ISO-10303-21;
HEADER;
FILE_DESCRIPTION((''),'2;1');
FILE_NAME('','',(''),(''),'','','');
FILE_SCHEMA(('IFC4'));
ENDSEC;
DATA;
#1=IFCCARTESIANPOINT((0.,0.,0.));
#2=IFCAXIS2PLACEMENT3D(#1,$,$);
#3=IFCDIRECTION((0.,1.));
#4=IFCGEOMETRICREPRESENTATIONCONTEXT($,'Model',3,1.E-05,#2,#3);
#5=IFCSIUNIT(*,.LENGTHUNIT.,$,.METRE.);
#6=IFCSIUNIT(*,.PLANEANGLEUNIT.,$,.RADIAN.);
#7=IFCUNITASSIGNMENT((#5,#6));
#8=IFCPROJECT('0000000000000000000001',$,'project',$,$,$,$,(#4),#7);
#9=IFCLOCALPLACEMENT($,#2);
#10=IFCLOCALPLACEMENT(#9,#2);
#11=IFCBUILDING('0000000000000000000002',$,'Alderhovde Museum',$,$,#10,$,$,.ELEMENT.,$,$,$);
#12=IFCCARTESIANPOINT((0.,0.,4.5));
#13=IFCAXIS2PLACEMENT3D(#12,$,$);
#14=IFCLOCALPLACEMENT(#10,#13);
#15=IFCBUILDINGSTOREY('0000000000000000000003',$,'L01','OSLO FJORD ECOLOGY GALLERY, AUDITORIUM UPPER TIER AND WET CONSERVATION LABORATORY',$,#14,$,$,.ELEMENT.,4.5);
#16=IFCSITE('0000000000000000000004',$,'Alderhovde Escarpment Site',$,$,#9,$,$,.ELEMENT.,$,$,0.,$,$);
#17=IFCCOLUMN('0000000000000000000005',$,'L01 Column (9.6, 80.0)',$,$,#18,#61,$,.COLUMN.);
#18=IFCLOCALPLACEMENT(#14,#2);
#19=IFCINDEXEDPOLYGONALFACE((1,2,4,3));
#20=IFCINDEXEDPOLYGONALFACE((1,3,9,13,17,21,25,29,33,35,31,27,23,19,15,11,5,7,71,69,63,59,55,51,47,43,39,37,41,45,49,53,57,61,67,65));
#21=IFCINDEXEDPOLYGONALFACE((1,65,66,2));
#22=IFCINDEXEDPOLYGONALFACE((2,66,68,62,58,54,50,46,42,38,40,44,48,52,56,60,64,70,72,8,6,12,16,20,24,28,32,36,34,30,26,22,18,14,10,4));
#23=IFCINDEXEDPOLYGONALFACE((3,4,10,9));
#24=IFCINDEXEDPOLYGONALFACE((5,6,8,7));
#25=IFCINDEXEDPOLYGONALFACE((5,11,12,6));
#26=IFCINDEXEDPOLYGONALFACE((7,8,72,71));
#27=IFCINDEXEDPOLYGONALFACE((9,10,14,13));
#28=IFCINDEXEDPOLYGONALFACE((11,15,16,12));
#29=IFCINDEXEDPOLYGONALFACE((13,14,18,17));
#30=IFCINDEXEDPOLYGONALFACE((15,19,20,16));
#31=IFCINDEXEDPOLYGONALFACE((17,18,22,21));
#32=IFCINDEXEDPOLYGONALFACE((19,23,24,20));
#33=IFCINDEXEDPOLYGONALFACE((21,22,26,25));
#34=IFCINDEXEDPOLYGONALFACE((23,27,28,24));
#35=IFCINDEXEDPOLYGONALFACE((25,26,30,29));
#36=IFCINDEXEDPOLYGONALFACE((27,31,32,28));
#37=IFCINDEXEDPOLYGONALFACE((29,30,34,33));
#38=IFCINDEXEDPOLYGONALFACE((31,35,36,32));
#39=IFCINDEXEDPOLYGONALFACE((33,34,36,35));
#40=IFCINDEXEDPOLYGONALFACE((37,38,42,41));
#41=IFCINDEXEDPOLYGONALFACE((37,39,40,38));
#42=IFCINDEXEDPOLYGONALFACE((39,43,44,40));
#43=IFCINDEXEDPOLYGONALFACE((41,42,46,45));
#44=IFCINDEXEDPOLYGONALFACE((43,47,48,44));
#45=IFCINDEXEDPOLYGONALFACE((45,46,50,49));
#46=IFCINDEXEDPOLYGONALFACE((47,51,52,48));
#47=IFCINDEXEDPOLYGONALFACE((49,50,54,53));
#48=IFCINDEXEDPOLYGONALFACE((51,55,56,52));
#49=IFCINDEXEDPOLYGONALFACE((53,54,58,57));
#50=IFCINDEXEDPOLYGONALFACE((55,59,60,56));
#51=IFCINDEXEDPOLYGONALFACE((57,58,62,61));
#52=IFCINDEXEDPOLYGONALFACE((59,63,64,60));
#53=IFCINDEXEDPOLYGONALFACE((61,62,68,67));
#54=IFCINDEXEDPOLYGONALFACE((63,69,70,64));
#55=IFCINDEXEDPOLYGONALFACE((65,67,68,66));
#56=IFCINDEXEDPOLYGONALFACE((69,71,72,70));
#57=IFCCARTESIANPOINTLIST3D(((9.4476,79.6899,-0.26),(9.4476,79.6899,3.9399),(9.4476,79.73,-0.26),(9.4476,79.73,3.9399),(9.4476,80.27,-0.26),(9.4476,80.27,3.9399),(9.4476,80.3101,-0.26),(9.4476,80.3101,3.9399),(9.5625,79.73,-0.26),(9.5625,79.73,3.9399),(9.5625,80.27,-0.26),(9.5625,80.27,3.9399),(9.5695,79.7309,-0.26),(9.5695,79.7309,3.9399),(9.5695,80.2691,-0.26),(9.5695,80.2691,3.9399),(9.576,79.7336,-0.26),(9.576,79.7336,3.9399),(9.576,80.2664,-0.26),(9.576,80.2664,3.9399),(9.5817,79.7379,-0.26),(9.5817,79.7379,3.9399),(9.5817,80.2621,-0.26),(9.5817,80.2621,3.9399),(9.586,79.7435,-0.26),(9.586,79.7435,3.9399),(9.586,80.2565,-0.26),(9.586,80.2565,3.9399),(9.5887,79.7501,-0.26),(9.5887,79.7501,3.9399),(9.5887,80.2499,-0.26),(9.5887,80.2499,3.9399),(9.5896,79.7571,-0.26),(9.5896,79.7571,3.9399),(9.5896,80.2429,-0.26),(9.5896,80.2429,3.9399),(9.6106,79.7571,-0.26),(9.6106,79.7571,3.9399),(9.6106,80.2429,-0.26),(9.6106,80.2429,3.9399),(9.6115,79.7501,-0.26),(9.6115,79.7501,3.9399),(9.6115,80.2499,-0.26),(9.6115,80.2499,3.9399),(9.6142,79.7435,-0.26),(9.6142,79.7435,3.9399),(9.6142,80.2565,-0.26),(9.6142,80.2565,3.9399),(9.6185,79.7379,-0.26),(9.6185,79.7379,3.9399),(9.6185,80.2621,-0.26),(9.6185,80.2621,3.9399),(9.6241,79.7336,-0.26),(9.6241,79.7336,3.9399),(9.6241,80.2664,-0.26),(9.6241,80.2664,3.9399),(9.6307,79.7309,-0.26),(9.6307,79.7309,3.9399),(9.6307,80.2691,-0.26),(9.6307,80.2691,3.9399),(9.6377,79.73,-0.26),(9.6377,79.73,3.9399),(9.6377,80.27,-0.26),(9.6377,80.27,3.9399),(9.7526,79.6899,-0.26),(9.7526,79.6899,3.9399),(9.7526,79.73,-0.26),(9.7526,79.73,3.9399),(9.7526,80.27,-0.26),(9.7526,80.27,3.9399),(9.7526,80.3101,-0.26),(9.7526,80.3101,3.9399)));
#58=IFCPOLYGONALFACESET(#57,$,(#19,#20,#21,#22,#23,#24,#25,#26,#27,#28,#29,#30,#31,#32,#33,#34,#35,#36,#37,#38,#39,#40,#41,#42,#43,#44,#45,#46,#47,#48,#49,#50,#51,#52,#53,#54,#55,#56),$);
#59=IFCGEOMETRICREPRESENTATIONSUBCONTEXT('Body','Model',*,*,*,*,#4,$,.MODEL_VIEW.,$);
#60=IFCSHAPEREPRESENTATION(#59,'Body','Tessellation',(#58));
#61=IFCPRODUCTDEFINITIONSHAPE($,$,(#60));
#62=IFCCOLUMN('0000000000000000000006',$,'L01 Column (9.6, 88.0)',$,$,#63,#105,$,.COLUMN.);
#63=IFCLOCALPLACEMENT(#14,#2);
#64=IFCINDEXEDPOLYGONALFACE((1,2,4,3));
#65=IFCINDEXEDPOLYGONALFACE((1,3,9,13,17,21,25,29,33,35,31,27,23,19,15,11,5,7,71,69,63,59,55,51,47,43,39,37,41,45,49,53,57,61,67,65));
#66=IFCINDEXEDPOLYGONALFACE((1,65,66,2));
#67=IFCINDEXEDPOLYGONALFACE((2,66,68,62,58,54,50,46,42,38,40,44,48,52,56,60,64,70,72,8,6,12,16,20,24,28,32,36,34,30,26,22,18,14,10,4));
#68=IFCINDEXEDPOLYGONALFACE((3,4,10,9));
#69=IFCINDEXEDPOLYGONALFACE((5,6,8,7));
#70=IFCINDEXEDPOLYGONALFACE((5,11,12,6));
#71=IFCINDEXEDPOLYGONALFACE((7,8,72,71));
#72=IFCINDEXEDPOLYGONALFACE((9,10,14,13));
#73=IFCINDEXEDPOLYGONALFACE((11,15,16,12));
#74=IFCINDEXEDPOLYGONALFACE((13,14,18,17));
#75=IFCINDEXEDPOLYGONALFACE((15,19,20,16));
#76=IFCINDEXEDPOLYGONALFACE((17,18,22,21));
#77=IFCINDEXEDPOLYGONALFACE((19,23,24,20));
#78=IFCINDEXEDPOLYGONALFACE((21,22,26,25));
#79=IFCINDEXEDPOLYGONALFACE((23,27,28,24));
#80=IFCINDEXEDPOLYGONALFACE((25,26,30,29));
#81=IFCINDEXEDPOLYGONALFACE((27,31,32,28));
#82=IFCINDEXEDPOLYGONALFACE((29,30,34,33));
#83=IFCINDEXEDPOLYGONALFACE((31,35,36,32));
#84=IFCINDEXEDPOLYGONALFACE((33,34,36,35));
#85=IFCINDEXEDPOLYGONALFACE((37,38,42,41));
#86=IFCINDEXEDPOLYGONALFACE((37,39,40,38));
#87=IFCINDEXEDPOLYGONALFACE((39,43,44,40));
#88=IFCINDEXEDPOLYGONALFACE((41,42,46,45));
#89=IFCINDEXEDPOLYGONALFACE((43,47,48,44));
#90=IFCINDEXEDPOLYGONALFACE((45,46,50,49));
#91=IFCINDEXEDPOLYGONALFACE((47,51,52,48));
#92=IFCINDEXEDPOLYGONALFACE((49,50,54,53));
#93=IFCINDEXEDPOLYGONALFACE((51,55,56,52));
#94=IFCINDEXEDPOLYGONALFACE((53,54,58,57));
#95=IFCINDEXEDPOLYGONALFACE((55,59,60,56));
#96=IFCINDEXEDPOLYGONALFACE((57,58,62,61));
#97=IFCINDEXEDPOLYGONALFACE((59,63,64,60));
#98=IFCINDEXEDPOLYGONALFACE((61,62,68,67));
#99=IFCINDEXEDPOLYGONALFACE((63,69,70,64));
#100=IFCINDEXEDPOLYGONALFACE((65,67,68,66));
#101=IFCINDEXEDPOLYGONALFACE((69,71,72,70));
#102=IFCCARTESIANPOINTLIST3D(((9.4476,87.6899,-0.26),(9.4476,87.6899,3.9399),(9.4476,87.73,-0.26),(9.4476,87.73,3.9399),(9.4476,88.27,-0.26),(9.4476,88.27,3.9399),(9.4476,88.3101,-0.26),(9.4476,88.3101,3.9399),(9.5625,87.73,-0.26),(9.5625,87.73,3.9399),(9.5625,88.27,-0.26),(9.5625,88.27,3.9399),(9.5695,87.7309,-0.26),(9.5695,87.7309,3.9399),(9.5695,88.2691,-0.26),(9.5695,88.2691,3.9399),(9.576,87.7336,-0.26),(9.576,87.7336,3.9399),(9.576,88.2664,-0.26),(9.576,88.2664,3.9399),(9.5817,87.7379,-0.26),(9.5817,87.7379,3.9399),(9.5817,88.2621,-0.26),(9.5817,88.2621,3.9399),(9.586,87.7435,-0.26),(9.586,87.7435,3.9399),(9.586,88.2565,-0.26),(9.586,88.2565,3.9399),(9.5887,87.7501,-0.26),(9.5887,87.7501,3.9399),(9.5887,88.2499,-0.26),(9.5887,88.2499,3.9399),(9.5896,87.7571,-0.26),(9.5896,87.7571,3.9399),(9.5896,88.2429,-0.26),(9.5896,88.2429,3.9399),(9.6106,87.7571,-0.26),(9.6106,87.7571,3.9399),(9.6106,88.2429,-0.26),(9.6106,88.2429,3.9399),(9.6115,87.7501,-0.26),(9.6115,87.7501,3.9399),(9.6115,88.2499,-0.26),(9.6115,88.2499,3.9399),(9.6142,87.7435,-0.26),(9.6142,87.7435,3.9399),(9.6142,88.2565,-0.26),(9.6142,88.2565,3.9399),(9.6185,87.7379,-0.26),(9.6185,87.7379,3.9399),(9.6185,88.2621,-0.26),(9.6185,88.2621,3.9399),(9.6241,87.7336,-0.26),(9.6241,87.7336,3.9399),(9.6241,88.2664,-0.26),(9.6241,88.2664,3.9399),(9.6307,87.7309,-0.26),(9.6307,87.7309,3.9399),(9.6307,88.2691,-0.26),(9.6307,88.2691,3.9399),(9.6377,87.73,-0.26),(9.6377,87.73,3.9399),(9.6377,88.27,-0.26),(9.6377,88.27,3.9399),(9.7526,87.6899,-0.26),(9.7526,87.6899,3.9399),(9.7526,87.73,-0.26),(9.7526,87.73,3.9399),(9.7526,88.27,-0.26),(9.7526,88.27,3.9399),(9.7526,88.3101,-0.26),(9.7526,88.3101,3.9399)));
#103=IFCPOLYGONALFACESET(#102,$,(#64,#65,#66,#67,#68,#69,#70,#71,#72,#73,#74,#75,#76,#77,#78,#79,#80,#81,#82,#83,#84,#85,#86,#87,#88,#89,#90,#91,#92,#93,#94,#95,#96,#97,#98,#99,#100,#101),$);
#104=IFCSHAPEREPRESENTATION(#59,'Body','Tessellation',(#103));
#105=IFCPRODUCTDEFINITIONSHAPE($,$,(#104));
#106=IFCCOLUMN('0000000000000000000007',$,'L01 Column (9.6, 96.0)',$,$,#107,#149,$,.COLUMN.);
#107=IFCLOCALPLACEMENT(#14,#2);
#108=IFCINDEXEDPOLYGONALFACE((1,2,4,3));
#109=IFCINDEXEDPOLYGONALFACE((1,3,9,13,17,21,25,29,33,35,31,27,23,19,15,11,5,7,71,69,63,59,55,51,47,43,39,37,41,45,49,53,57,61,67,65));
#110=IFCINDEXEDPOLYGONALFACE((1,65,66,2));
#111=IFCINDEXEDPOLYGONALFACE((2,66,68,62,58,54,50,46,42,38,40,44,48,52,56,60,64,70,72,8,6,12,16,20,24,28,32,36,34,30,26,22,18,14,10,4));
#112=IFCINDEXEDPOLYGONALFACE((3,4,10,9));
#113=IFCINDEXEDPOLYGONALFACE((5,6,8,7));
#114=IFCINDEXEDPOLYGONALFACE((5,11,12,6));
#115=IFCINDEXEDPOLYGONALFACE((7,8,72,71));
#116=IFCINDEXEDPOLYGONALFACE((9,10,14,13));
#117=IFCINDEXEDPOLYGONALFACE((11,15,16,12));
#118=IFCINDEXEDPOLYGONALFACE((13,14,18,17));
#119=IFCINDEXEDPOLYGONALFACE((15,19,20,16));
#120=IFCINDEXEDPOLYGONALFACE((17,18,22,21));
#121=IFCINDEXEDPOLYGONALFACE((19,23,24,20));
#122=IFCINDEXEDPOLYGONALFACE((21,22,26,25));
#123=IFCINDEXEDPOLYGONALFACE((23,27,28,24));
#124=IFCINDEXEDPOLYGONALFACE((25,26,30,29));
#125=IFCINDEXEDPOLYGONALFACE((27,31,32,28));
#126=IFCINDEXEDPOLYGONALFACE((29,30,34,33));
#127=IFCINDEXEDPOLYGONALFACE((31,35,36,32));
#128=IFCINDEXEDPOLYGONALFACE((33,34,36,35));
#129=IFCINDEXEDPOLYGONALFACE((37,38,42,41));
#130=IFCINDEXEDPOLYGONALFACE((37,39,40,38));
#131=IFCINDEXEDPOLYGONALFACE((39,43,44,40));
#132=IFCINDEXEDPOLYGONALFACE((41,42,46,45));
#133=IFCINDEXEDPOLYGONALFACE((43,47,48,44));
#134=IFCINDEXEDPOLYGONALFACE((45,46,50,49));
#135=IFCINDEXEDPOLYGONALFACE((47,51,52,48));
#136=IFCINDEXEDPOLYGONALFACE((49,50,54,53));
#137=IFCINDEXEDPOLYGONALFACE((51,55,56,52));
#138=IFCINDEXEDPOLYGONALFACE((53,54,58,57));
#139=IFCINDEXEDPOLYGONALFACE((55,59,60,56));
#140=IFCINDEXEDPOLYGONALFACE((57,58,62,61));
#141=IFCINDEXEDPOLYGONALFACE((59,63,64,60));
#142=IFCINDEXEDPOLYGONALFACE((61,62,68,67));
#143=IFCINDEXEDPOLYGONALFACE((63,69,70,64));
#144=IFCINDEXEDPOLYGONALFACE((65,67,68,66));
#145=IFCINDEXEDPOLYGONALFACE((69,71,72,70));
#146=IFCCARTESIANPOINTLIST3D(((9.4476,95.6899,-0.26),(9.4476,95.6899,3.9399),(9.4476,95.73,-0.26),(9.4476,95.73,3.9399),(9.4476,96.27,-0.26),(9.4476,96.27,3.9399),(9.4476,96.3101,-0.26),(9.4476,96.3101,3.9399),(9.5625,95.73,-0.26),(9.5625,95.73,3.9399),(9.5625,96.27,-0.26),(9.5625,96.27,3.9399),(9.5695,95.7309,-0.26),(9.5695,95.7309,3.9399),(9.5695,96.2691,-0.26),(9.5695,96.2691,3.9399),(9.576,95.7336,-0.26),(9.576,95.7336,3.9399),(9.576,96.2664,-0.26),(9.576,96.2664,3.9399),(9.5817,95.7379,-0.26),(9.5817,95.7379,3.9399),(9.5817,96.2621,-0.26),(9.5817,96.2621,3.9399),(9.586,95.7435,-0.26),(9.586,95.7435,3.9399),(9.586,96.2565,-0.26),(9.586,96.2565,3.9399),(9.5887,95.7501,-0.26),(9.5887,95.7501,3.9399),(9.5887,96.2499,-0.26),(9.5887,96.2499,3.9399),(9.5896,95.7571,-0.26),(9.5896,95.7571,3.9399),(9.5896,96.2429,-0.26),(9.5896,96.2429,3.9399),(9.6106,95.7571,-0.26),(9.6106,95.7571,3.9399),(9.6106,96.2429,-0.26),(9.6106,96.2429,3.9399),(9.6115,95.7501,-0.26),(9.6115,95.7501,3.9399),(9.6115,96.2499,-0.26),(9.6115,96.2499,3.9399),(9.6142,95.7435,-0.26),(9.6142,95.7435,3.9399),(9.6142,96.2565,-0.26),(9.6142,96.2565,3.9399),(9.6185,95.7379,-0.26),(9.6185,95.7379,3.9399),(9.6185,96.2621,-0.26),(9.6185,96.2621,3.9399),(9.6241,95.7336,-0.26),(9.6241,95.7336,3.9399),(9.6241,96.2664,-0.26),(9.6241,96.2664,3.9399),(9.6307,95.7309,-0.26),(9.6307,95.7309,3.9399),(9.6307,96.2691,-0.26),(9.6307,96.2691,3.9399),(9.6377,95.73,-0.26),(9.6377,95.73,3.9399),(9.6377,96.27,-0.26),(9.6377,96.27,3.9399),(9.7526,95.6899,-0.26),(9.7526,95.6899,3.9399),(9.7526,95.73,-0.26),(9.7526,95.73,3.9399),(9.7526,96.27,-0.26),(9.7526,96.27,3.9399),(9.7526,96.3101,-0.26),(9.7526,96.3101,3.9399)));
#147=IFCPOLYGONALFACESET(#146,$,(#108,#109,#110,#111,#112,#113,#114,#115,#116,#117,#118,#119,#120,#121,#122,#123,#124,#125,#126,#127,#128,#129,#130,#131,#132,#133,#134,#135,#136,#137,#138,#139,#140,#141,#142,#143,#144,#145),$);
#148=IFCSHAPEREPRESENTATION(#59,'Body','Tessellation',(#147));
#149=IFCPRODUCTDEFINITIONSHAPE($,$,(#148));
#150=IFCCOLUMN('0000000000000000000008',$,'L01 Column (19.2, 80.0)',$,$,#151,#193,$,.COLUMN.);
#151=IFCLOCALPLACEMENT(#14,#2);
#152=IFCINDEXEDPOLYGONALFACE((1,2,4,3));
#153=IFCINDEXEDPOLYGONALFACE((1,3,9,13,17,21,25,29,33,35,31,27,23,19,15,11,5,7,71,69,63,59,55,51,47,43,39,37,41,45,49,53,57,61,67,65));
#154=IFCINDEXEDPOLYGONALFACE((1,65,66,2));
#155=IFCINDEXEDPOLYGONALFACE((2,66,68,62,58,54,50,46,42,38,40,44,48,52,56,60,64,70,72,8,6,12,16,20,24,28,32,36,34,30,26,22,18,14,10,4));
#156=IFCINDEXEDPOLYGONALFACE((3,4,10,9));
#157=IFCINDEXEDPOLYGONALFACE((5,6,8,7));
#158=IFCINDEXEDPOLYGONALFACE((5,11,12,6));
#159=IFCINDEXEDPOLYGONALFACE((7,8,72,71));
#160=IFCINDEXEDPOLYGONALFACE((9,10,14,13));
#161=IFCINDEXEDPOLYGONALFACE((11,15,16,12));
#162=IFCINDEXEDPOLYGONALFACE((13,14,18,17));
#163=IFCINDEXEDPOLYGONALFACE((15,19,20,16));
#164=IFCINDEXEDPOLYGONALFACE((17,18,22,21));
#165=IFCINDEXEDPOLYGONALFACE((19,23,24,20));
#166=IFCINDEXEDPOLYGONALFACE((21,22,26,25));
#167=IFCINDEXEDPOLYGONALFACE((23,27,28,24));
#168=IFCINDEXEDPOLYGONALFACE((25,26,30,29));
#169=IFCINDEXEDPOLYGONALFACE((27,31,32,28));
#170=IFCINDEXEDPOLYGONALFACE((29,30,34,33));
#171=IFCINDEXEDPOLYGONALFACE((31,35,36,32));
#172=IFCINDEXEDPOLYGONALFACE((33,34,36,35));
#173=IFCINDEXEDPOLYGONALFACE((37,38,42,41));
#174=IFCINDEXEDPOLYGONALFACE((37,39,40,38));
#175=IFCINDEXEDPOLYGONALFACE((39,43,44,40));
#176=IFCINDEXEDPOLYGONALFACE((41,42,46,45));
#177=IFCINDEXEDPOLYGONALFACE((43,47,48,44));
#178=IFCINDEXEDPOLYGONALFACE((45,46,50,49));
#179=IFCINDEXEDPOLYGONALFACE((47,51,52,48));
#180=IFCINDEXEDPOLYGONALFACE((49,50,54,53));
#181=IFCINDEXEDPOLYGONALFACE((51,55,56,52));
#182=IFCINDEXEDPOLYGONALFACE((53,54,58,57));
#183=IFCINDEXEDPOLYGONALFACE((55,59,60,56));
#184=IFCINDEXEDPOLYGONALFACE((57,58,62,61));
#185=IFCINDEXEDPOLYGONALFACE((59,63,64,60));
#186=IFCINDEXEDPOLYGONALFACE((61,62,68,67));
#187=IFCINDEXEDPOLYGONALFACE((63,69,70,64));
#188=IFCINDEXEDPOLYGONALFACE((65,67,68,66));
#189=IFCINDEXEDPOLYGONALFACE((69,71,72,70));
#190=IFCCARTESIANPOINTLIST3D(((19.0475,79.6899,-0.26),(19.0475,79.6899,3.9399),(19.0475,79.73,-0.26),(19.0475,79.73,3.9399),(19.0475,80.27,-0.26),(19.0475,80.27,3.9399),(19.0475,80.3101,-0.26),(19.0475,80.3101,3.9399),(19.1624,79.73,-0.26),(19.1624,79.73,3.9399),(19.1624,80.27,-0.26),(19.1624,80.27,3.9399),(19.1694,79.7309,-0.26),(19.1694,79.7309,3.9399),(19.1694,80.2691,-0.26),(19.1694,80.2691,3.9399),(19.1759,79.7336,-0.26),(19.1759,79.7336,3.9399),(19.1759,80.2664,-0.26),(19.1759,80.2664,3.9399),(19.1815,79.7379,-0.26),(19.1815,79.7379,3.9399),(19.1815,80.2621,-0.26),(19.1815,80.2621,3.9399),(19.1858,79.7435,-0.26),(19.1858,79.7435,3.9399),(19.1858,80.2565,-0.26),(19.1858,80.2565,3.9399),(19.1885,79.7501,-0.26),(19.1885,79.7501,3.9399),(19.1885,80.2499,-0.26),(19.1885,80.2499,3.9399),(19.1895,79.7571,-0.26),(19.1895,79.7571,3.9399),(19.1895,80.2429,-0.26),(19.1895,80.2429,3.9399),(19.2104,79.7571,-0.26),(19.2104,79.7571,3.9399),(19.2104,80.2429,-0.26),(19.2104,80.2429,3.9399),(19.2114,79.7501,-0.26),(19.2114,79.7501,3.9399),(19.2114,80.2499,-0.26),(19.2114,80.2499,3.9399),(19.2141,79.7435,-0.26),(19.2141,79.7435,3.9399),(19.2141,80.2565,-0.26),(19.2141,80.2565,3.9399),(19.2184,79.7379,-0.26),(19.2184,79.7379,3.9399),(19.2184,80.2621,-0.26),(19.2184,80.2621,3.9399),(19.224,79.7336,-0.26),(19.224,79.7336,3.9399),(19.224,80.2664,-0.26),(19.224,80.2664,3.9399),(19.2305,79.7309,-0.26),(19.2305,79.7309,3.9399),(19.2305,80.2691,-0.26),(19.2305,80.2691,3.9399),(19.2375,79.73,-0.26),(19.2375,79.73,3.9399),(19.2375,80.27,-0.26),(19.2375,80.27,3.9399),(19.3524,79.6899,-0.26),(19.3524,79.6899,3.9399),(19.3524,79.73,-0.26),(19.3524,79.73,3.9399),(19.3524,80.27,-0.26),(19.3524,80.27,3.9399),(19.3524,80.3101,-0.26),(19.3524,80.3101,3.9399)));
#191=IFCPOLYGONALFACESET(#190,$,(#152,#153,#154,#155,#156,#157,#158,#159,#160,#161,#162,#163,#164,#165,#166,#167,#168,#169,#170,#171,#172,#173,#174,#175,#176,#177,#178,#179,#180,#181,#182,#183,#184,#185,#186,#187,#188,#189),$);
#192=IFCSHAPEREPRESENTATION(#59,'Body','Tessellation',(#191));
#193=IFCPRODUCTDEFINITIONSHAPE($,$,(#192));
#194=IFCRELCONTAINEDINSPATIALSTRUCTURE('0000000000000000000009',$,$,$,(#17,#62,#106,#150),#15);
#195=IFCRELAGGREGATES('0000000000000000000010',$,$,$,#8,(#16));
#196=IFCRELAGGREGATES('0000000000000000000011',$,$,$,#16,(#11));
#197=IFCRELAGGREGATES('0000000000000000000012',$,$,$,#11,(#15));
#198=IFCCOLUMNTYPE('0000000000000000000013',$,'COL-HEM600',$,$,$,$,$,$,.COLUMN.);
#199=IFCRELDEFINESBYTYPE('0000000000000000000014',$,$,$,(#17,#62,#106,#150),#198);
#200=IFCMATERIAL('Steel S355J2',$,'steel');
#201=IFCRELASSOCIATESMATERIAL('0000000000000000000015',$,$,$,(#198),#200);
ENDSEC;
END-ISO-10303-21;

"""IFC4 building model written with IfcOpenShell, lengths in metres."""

from ifc_helpers import new_model, si_unit, direction, frame, origin, origin_2d, place, context, subcontext, project, spatial, i_section, extrude, material, material_profile, profile_set, type_object, element, save


model = new_model("IFC4")

# Units and contexts
model_context = context("Model", 3, precision=1e-05, world=origin(), true_north=direction((0.0, 1.0)))
body_context = subcontext(model_context, "Body", "Model", "MODEL_VIEW")
ifc_project = project(units=[si_unit("LENGTHUNIT", "METRE"), si_unit("PLANEANGLEUNIT", "RADIAN")], contexts=[model_context])

# Site, building, storey
site_placement = place(None, origin())
site = spatial("IfcSite", under=ifc_project, at=site_placement, Name="Alderhovde Escarpment Site", CompositionType="ELEMENT", RefElevation=0.0)
building_placement = place(site_placement, origin())
building = spatial("IfcBuilding", under=site, at=building_placement, Name="Alderhovde Museum", CompositionType="ELEMENT")
storey_placement = place(building_placement, frame((0.0, 0.0, 4.5)))
storey = spatial("IfcBuildingStorey", under=building, at=storey_placement, Name="L01", Description="OSLO FJORD ECOLOGY GALLERY, AUDITORIUM UPPER TIER AND WET CONSERVATION LABORATORY", CompositionType="ELEMENT", Elevation=4.5)

# Columns
ifc_material_1 = material(Name="Steel S355J2", Category="steel")
ifc_material_profile_1 = material_profile(ifc_material_1, i_section(OverallWidth=0.3049, OverallDepth=0.6201, WebThickness=0.021, FlangeThickness=0.04, FilletRadius=0.0271, at=origin_2d()), Name="HEM 600")
ifc_profile_set_1 = profile_set([ifc_material_profile_1], Name="Steel S355J2")
column_type = type_object("IfcColumnType", Name="COL-HEM600", PredefinedType="COLUMN", material=ifc_profile_set_1)
for number, where, z_axis, x_axis, name in (
    (1, (9.6001, 80.0, -0.26), (0.0, 0.0, 1.0), (1.0, 0.0, 0.0), "L01 Column (9.6, 80.0)"),
    (2, (9.6001, 88.0, -0.26), (0.0, 0.0, 1.0), (1.0, 0.0, 0.0), "L01 Column (9.6, 88.0)"),
    (3, (9.6001, 96.0, -0.26), (0.0, 0.0, 1.0), (1.0, 0.0, 0.0), "L01 Column (9.6, 96.0)"),
    (4, (19.2, 80.0, -0.26), (0.0, 0.0, 1.0), (1.0, 0.0, 0.0), "L01 Column (19.2, 80.0)"),
):
    element("IfcColumn", number, at=place(storey_placement, frame(where, z_axis=z_axis, x_axis=x_axis)), inside=storey, type_object=column_type, Name=name, PredefinedType="COLUMN", context=body_context, shape_type="SweptSolid", body=[
        extrude(i_section(OverallWidth=0.3049, OverallDepth=0.6201, WebThickness=0.021, FlangeThickness=0.04, FilletRadius=0.0271, at=origin_2d()), origin(), (0.0, 0.0, 1.0), 4.2),
    ])

save(model, "model.ifc")
